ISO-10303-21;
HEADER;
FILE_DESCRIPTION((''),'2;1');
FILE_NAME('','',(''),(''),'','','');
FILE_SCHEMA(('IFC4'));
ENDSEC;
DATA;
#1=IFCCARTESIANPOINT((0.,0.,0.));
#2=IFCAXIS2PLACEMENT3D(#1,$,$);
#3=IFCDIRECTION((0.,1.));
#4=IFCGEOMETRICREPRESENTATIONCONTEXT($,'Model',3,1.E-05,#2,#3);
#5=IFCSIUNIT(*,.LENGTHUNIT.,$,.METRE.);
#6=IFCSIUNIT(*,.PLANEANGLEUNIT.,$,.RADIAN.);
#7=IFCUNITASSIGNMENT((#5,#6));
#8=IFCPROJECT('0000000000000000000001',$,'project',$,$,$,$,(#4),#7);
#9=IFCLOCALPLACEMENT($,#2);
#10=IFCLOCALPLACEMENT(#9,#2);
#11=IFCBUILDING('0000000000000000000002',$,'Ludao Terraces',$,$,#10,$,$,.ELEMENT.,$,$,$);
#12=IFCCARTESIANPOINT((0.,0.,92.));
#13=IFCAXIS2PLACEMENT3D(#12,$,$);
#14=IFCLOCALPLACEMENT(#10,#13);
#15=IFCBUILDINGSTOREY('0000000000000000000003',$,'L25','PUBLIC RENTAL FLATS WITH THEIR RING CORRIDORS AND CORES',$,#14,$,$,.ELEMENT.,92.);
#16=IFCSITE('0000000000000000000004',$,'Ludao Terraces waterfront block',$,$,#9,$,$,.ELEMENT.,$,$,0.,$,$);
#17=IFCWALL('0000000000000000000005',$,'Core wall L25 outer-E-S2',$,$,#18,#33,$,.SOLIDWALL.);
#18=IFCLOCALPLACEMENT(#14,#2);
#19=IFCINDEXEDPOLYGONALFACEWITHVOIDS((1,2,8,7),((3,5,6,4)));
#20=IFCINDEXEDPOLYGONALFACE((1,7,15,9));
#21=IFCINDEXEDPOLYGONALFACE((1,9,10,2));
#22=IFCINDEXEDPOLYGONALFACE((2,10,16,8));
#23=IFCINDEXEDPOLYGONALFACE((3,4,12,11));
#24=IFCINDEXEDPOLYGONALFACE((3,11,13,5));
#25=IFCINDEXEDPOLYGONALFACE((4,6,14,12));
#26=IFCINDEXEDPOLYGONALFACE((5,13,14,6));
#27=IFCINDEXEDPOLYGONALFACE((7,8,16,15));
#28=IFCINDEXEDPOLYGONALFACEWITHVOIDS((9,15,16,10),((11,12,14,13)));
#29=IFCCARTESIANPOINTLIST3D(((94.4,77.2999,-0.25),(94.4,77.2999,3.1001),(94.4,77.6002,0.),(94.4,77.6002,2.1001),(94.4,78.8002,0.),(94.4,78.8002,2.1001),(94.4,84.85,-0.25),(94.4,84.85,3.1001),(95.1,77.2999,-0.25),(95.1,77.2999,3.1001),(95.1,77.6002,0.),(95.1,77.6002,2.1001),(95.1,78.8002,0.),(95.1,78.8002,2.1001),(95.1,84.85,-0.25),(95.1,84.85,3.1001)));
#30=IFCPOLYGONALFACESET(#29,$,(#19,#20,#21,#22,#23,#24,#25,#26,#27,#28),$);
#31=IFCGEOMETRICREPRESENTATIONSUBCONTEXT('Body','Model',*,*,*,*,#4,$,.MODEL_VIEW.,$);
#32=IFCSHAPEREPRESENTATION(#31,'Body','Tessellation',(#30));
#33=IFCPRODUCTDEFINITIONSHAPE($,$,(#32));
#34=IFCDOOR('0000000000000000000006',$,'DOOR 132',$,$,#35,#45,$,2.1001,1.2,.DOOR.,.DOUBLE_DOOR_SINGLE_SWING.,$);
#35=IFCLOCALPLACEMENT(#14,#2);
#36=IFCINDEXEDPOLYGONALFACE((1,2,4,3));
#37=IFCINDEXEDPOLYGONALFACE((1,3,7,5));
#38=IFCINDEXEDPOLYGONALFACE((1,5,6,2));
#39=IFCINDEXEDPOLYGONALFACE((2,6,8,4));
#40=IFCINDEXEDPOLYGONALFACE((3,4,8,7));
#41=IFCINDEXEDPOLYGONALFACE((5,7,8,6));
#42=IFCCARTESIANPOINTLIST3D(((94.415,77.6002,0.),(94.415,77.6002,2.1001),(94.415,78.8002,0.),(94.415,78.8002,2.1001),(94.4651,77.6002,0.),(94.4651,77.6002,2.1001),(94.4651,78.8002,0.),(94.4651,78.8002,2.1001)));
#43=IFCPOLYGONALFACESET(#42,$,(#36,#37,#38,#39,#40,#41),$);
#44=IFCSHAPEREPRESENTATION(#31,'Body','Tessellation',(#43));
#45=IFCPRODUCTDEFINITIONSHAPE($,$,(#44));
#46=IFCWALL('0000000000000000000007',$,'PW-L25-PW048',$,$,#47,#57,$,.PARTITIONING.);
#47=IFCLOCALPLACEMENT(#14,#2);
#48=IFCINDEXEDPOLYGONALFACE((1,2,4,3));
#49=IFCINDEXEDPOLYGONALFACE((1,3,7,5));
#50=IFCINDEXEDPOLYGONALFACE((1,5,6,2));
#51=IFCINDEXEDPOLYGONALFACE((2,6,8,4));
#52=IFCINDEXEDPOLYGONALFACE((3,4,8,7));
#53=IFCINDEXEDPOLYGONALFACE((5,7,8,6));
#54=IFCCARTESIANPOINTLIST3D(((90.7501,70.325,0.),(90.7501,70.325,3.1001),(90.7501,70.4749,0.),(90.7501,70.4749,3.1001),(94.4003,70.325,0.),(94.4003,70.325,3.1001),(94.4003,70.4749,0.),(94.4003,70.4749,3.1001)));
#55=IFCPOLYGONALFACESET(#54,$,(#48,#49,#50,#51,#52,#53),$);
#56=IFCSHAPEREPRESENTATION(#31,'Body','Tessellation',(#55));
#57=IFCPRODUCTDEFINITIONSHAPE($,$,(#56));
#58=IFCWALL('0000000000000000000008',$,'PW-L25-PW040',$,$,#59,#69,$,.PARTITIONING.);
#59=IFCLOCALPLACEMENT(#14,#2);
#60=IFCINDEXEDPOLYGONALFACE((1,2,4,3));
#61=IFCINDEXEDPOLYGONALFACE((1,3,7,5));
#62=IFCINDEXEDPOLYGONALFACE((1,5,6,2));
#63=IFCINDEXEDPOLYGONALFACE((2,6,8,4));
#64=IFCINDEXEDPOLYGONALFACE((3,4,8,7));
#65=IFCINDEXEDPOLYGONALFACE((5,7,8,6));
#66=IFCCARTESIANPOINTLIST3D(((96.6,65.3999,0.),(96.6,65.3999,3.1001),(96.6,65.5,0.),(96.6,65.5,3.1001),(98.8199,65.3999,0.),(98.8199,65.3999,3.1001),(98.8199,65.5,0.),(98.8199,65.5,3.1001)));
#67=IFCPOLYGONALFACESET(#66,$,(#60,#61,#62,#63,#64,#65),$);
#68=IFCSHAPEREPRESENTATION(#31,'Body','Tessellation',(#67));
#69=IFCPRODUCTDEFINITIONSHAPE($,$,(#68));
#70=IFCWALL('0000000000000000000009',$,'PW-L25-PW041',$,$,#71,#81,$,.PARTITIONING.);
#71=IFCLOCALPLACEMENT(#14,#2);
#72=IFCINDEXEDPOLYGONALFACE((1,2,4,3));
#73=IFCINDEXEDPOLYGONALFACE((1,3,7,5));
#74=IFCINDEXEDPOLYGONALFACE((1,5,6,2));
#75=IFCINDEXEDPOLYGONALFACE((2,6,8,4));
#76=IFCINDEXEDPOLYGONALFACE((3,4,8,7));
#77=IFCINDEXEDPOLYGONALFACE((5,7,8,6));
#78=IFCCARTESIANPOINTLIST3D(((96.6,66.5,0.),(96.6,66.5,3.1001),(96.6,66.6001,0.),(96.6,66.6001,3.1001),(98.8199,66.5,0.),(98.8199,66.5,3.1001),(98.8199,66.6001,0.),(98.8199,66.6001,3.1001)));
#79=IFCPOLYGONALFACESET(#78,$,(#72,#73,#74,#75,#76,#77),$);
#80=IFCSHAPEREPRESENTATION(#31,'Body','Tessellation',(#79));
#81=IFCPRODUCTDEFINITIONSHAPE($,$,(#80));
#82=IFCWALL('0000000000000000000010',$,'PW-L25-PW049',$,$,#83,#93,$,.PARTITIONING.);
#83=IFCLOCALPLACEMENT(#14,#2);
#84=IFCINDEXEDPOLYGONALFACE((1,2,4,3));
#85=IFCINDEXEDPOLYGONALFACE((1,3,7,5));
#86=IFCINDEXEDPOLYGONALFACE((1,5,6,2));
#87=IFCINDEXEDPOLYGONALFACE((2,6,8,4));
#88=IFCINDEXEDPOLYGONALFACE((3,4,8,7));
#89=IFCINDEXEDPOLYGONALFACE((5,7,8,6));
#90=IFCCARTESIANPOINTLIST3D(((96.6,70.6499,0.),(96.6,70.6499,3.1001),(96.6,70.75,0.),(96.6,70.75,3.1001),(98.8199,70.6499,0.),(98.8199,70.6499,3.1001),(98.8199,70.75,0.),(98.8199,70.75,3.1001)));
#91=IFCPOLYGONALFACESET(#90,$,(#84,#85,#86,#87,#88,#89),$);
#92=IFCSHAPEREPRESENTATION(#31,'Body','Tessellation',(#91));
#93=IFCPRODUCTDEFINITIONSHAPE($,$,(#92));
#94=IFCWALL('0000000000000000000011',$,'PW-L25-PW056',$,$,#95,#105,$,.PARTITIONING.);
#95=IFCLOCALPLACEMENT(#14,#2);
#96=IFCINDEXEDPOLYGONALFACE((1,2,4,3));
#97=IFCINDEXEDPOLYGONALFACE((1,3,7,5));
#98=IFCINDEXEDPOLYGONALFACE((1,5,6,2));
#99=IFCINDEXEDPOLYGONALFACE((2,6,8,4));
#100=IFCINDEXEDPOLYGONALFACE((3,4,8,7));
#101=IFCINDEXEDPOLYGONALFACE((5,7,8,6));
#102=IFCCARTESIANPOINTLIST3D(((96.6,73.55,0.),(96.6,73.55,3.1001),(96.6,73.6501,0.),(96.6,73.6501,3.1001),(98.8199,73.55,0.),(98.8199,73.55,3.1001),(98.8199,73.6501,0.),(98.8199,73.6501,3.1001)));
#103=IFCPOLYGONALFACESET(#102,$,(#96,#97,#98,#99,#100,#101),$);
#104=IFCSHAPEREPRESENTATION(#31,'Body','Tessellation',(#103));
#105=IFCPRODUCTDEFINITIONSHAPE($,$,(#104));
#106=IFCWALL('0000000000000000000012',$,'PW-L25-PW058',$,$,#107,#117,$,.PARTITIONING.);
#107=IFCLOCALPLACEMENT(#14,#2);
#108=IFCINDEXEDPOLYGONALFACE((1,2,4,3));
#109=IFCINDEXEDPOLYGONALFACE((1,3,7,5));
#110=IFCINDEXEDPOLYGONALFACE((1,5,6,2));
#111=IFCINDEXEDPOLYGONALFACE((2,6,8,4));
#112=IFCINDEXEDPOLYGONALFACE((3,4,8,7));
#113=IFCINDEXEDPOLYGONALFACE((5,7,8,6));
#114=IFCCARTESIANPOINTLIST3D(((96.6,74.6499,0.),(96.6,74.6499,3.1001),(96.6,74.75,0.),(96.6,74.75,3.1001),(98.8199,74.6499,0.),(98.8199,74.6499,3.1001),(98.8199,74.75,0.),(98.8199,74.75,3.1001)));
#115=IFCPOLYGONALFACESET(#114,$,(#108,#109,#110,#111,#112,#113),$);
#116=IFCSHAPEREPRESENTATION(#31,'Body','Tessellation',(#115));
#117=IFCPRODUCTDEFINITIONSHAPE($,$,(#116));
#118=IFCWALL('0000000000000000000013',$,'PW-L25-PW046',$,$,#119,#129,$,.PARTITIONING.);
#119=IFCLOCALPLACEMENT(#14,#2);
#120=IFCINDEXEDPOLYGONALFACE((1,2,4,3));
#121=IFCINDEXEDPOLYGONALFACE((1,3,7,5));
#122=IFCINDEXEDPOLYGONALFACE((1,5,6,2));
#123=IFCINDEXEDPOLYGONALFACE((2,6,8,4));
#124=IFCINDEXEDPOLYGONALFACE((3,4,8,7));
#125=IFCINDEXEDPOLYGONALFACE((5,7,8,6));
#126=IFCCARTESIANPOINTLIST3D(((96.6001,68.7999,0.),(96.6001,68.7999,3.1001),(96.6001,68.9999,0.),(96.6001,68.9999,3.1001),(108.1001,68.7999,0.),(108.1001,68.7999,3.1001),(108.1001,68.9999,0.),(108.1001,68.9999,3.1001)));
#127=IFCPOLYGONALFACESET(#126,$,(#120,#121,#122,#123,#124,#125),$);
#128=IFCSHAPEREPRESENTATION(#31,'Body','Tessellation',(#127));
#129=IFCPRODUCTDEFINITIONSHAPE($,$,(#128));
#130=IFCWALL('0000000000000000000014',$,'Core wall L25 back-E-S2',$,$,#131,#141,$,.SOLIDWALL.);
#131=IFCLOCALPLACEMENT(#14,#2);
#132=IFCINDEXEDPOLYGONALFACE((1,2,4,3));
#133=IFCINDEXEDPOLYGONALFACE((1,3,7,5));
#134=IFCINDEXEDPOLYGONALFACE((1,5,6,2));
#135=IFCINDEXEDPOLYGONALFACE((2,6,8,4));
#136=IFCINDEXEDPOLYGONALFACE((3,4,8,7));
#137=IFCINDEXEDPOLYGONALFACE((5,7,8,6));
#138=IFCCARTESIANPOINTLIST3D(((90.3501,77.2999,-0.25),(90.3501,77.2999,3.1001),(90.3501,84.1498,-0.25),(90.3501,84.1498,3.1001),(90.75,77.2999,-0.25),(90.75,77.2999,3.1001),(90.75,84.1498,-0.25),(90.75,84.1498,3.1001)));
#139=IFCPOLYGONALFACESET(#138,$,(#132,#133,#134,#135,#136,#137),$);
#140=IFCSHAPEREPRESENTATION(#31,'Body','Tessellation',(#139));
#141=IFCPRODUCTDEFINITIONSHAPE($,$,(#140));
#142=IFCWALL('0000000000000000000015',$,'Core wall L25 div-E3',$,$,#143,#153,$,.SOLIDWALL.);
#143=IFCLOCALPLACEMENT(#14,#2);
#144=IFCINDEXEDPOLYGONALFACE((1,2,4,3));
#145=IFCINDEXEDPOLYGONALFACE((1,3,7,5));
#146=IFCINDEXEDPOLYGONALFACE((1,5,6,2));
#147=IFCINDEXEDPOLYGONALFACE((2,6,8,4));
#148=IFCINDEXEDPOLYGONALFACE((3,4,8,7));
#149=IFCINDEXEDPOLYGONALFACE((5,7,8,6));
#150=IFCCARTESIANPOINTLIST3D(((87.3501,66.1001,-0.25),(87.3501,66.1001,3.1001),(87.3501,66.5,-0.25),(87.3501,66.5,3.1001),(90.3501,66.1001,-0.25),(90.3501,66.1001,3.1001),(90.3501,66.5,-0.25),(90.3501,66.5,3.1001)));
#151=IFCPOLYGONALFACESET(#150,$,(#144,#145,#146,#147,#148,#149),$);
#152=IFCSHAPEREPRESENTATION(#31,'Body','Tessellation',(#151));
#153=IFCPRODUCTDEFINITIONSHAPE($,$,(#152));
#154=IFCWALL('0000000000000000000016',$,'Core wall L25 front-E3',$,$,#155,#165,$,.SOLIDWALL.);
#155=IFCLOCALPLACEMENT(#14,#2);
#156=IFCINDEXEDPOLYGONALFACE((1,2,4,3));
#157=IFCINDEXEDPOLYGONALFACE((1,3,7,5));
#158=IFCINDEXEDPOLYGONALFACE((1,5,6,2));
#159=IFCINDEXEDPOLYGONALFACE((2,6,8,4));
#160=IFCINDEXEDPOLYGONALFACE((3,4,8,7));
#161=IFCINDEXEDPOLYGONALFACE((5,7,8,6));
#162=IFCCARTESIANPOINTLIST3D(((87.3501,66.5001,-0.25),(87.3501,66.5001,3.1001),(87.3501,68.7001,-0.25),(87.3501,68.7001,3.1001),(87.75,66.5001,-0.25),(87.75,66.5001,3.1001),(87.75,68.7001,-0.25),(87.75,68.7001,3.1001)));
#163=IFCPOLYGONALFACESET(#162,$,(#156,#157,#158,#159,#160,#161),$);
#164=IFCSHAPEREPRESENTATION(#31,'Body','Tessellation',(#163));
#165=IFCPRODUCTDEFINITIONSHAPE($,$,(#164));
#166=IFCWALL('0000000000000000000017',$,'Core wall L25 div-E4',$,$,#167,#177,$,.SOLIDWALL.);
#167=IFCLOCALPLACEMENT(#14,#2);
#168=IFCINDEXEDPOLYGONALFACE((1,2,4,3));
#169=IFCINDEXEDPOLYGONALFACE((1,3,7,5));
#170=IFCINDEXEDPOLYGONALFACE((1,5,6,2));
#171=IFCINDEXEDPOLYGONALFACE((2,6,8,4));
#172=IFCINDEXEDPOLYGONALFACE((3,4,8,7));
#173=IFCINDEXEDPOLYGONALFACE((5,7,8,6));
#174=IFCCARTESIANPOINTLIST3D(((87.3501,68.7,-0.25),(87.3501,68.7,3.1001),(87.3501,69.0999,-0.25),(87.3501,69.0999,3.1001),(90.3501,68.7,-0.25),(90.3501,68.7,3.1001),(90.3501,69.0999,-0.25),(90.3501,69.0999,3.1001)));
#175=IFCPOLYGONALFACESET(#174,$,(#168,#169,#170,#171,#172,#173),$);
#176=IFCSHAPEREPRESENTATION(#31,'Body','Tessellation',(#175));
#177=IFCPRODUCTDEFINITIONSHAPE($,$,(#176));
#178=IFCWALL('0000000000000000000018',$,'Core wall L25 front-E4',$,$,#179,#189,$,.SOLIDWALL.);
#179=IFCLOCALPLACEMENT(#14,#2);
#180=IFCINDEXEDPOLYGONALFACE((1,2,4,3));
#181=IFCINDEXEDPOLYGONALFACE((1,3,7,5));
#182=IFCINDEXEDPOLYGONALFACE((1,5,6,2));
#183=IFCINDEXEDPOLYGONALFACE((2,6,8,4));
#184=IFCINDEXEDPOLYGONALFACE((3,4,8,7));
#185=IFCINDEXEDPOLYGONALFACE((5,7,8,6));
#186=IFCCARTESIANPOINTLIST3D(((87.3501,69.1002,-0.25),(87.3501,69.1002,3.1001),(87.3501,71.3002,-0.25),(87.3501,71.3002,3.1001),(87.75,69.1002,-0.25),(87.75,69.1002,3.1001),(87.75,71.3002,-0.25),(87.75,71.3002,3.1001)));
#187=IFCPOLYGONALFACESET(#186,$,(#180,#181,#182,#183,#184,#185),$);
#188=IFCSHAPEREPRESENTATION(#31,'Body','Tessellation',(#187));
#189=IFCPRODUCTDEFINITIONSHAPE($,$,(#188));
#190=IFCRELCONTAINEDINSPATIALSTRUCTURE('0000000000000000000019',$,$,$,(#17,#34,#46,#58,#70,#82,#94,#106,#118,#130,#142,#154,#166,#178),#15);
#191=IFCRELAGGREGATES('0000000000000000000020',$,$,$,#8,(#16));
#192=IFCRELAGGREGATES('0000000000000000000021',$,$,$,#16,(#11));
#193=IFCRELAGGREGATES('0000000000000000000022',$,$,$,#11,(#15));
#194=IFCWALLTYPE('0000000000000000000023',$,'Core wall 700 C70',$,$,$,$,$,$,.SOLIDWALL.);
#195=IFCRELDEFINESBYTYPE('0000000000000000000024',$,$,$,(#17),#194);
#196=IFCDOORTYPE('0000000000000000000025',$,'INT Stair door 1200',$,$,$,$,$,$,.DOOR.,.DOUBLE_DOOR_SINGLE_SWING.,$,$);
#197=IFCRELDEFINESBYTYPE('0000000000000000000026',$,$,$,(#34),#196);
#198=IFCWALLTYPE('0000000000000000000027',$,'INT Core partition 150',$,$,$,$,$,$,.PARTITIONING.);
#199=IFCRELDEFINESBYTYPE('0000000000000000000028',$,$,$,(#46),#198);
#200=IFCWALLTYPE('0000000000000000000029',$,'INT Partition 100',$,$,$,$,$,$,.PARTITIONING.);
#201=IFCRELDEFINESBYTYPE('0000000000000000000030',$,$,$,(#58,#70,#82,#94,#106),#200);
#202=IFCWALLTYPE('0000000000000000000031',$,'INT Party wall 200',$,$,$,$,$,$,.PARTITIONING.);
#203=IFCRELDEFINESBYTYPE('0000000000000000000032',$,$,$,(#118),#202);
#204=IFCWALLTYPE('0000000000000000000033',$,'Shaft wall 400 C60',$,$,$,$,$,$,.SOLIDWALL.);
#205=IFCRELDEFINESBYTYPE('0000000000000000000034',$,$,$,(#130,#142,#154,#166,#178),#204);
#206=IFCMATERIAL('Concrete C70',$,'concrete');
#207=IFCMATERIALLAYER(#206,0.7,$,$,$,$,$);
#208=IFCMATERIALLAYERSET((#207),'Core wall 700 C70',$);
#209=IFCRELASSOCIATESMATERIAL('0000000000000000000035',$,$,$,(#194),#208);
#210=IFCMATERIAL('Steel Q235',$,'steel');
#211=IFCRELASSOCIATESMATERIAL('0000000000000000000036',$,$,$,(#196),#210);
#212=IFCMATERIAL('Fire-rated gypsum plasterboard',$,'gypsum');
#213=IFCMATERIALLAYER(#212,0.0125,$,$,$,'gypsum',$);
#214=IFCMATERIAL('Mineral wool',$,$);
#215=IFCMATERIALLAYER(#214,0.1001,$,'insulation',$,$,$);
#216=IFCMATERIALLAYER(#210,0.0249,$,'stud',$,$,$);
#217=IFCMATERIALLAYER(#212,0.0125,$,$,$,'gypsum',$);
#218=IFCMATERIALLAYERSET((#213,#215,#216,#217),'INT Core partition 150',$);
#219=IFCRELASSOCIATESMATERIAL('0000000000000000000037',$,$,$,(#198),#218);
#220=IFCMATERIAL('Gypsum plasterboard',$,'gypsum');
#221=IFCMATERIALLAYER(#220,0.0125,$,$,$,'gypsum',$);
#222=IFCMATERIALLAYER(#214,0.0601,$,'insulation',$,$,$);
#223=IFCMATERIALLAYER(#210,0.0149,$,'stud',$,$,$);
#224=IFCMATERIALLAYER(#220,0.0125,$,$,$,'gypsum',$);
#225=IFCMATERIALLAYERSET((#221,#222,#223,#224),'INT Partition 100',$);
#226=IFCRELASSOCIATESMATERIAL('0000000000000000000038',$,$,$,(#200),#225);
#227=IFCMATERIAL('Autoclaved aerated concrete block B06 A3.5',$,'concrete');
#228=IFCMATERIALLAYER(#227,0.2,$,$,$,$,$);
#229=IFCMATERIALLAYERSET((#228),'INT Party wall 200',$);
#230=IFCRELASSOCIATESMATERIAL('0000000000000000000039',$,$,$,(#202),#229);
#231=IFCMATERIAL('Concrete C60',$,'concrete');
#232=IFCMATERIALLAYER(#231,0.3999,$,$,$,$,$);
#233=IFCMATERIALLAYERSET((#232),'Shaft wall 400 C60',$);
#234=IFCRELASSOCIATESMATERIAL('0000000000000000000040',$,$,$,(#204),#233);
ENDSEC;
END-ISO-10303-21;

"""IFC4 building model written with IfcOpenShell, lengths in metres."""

from ifc_helpers import new_model, si_unit, direction, frame, frame_2d, origin, place, context, subcontext, project, spatial, rectangle, extrude, material, layer, layer_set, type_object, element, fill, save


model = new_model("IFC4")

# Units and contexts
model_context = context("Model", 3, precision=1e-05, world=origin(), true_north=direction((0.0, 1.0)))
body_context = subcontext(model_context, "Body", "Model", "MODEL_VIEW")
ifc_project = project(units=[si_unit("LENGTHUNIT", "METRE"), si_unit("PLANEANGLEUNIT", "RADIAN")], contexts=[model_context])

# Site, building, storey
site_placement = place(None, origin())
site = spatial("IfcSite", under=ifc_project, at=site_placement, Name="Ludao Terraces waterfront block", CompositionType="ELEMENT", RefElevation=0.0)
building_placement = place(site_placement, origin())
building = spatial("IfcBuilding", under=site, at=building_placement, Name="Ludao Terraces", CompositionType="ELEMENT")
storey_placement = place(building_placement, frame((0.0, 0.0, 92.0)))
storey = spatial("IfcBuildingStorey", under=building, at=storey_placement, Name="L25", Description="PUBLIC RENTAL FLATS WITH THEIR RING CORRIDORS AND CORES", CompositionType="ELEMENT", Elevation=92.0)

# Wall, opening, door
ifc_material_1 = material(Name="Concrete C70", Category="concrete")
ifc_layer_1 = layer(ifc_material_1, 0.7)
ifc_layer_set_1 = layer_set([ifc_layer_1], Name="Core wall 700 C70")
wall_type_1 = type_object("IfcWallType", Name="Core wall 700 C70", PredefinedType="SOLIDWALL", material=ifc_layer_set_1)
wall_1_placement = place(storey_placement, frame((94.75, 77.3, -0.25), z_axis=(0.0, 0.0, 1.0), x_axis=(0.0, 1.0, 0.0)))
wall_1 = element("IfcWall", 1, at=wall_1_placement, inside=storey, type_object=wall_type_1, Name="Core wall L25 outer-E-S2", PredefinedType="SOLIDWALL", context=body_context, shape_type="SweptSolid", body=[
    extrude(rectangle(XDim=7.55, YDim=0.7, at=frame_2d((3.7749, 0.0))), origin(), (0.0, 0.0, 1.0), 3.3501),
])
opening_1_placement = place(wall_1_placement, frame((0.3, 0.0, 0.25)))
opening_1 = element("IfcOpeningElement", 2, at=opening_1_placement, cuts=wall_1, PredefinedType="OPENING", context=body_context, shape_type="SweptSolid", body=[
    extrude(rectangle(XDim=1.2, YDim=2.1001, at=frame_2d((0.6001, 1.05))), frame((0.0, 0.3599, 0.0), z_axis=(0.0, -1.0, 0.0), x_axis=(1.0, 0.0, 0.0)), (0.0, 0.0, 1.0), 0.72),
])
ifc_material_2 = material(Name="Steel Q235", Category="steel")
door_type_1 = type_object("IfcDoorType", Name="INT Stair door 1200", OperationType="DOUBLE_DOOR_SINGLE_SWING", PredefinedType="DOOR", material=ifc_material_2)
door_1_placement = place(opening_1_placement, origin())
door_1 = element("IfcDoor", 3, at=door_1_placement, inside=storey, type_object=door_type_1, Name="DOOR 132", OperationType="DOUBLE_DOOR_SINGLE_SWING", OverallHeight=2.1001, OverallWidth=1.2, PredefinedType="DOOR", context=body_context, shape_type="SweptSolid", body=[
    extrude(rectangle(XDim=1.2, YDim=2.1001, at=frame_2d((0.6001, 1.05))), frame((0.0, 0.335, 0.0), z_axis=(0.0, -1.0, 0.0), x_axis=(1.0, 0.0, 0.0)), (0.0, 0.0, 1.0), 0.05),
])
fill(opening_1, door_1)

# Walls
ifc_material_3 = material(Name="Fire-rated gypsum plasterboard", Category="gypsum")
ifc_layer_2 = layer(ifc_material_3, 0.0125, Category="gypsum")
ifc_material_4 = material(Name="Mineral wool")
ifc_layer_3 = layer(ifc_material_4, 0.1001, Name="insulation")
ifc_layer_4 = layer(ifc_material_2, 0.0249, Name="stud")
ifc_layer_5 = layer(ifc_material_3, 0.0125, Category="gypsum")
ifc_layer_set_2 = layer_set([ifc_layer_2, ifc_layer_3, ifc_layer_4, ifc_layer_5], Name="INT Core partition 150")
wall_type_2 = type_object("IfcWallType", Name="INT Core partition 150", PredefinedType="PARTITIONING", material=ifc_layer_set_2)
wall_2_placement = place(storey_placement, frame((90.75, 70.3999, 0.0), z_axis=(0.0, 0.0, 1.0), x_axis=(1.0, 0.0, 0.0)))
element("IfcWall", 4, at=wall_2_placement, inside=storey, type_object=wall_type_2, Name="PW-L25-PW048", PredefinedType="PARTITIONING", context=body_context, shape_type="SweptSolid", body=[
    extrude(rectangle(XDim=3.6501, YDim=0.1499, at=frame_2d((1.8252, 0.0))), origin(), (0.0, 0.0, 1.0), 3.1001),
])
ifc_material_5 = material(Name="Gypsum plasterboard", Category="gypsum")
ifc_layer_6 = layer(ifc_material_5, 0.0125, Category="gypsum")
ifc_layer_7 = layer(ifc_material_4, 0.0601, Name="insulation")
ifc_layer_8 = layer(ifc_material_2, 0.0149, Name="stud")
ifc_layer_9 = layer(ifc_material_5, 0.0125, Category="gypsum")
ifc_layer_set_3 = layer_set([ifc_layer_6, ifc_layer_7, ifc_layer_8, ifc_layer_9], Name="INT Partition 100")
wall_type_3 = type_object("IfcWallType", Name="INT Partition 100", PredefinedType="PARTITIONING", material=ifc_layer_set_3)
for number, where, z_axis, x_axis, name in (
    (5, (96.6001, 65.45, 0.0), (0.0, 0.0, 1.0), (1.0, 0.0, 0.0), "PW-L25-PW040"),
    (6, (96.6001, 66.55, 0.0), (0.0, 0.0, 1.0), (1.0, 0.0, 0.0), "PW-L25-PW041"),
    (7, (96.6001, 70.7, 0.0), (0.0, 0.0, 1.0), (1.0, 0.0, 0.0), "PW-L25-PW049"),
    (8, (96.6001, 73.6001, 0.0), (0.0, 0.0, 1.0), (1.0, 0.0, 0.0), "PW-L25-PW056"),
    (9, (96.6001, 74.7, 0.0), (0.0, 0.0, 1.0), (1.0, 0.0, 0.0), "PW-L25-PW058"),
):
    element("IfcWall", number, at=place(storey_placement, frame(where, z_axis=z_axis, x_axis=x_axis)), inside=storey, type_object=wall_type_3, Name=name, PredefinedType="PARTITIONING", context=body_context, shape_type="SweptSolid", body=[
        extrude(rectangle(XDim=2.22, YDim=0.1001, at=frame_2d((1.1099, 0.0))), origin(), (0.0, 0.0, 1.0), 3.1001),
    ])
ifc_material_6 = material(Name="Autoclaved aerated concrete block B06 A3.5", Category="concrete")
ifc_layer_10 = layer(ifc_material_6, 0.2)
ifc_layer_set_4 = layer_set([ifc_layer_10], Name="INT Party wall 200")
wall_type_4 = type_object("IfcWallType", Name="INT Party wall 200", PredefinedType="PARTITIONING", material=ifc_layer_set_4)
wall_3_placement = place(storey_placement, frame((96.6001, 68.8999, 0.0), z_axis=(0.0, 0.0, 1.0), x_axis=(1.0, 0.0, 0.0)))
element("IfcWall", 10, at=wall_3_placement, inside=storey, type_object=wall_type_4, Name="PW-L25-PW046", PredefinedType="PARTITIONING", context=body_context, shape_type="SweptSolid", body=[
    extrude(rectangle(XDim=11.5, YDim=0.2, at=frame_2d((5.75, 0.0))), origin(), (0.0, 0.0, 1.0), 3.1001),
])
ifc_material_7 = material(Name="Concrete C60", Category="concrete")
ifc_layer_11 = layer(ifc_material_7, 0.3999)
ifc_layer_set_5 = layer_set([ifc_layer_11], Name="Shaft wall 400 C60")
wall_type_5 = type_object("IfcWallType", Name="Shaft wall 400 C60", PredefinedType="SOLIDWALL", material=ifc_layer_set_5)
wall_4_placement = place(storey_placement, frame((90.55, 77.3, -0.25), z_axis=(0.0, 0.0, 1.0), x_axis=(0.0, 1.0, 0.0)))
element("IfcWall", 11, at=wall_4_placement, inside=storey, type_object=wall_type_5, Name="Core wall L25 back-E-S2", PredefinedType="SOLIDWALL", context=body_context, shape_type="SweptSolid", body=[
    extrude(rectangle(XDim=6.8499, YDim=0.3999, at=frame_2d((3.4248, 0.0))), origin(), (0.0, 0.0, 1.0), 3.3501),
])
wall_5_placement = place(storey_placement, frame((87.3501, 66.3, -0.25), z_axis=(0.0, 0.0, 1.0), x_axis=(1.0, 0.0, 0.0)))
element("IfcWall", 12, at=wall_5_placement, inside=storey, type_object=wall_type_5, Name="Core wall L25 div-E3", PredefinedType="SOLIDWALL", context=body_context, shape_type="SweptSolid", body=[
    extrude(rectangle(XDim=3.0, YDim=0.3999, at=frame_2d((1.5, 0.0))), origin(), (0.0, 0.0, 1.0), 3.3501),
])
wall_6_placement = place(storey_placement, frame((87.55, 66.5, -0.25), z_axis=(0.0, 0.0, 1.0), x_axis=(0.0, 1.0, 0.0)))
element("IfcWall", 13, at=wall_6_placement, inside=storey, type_object=wall_type_5, Name="Core wall L25 front-E3", PredefinedType="SOLIDWALL", context=body_context, shape_type="SweptSolid", body=[
    extrude(rectangle(XDim=2.2, YDim=0.3999, at=frame_2d((1.1001, 0.0))), origin(), (0.0, 0.0, 1.0), 3.3501),
])
wall_7_placement = place(storey_placement, frame((87.3501, 68.8999, -0.25), z_axis=(0.0, 0.0, 1.0), x_axis=(1.0, 0.0, 0.0)))
element("IfcWall", 14, at=wall_7_placement, inside=storey, type_object=wall_type_5, Name="Core wall L25 div-E4", PredefinedType="SOLIDWALL", context=body_context, shape_type="SweptSolid", body=[
    extrude(rectangle(XDim=3.0, YDim=0.3999, at=frame_2d((1.5, 0.0))), origin(), (0.0, 0.0, 1.0), 3.3501),
])
wall_8_placement = place(storey_placement, frame((87.55, 69.1001, -0.25), z_axis=(0.0, 0.0, 1.0), x_axis=(0.0, 1.0, 0.0)))
element("IfcWall", 15, at=wall_8_placement, inside=storey, type_object=wall_type_5, Name="Core wall L25 front-E4", PredefinedType="SOLIDWALL", context=body_context, shape_type="SweptSolid", body=[
    extrude(rectangle(XDim=2.2, YDim=0.3999, at=frame_2d((1.1001, 0.0))), origin(), (0.0, 0.0, 1.0), 3.3501),
])

save(model, "model.ifc")
